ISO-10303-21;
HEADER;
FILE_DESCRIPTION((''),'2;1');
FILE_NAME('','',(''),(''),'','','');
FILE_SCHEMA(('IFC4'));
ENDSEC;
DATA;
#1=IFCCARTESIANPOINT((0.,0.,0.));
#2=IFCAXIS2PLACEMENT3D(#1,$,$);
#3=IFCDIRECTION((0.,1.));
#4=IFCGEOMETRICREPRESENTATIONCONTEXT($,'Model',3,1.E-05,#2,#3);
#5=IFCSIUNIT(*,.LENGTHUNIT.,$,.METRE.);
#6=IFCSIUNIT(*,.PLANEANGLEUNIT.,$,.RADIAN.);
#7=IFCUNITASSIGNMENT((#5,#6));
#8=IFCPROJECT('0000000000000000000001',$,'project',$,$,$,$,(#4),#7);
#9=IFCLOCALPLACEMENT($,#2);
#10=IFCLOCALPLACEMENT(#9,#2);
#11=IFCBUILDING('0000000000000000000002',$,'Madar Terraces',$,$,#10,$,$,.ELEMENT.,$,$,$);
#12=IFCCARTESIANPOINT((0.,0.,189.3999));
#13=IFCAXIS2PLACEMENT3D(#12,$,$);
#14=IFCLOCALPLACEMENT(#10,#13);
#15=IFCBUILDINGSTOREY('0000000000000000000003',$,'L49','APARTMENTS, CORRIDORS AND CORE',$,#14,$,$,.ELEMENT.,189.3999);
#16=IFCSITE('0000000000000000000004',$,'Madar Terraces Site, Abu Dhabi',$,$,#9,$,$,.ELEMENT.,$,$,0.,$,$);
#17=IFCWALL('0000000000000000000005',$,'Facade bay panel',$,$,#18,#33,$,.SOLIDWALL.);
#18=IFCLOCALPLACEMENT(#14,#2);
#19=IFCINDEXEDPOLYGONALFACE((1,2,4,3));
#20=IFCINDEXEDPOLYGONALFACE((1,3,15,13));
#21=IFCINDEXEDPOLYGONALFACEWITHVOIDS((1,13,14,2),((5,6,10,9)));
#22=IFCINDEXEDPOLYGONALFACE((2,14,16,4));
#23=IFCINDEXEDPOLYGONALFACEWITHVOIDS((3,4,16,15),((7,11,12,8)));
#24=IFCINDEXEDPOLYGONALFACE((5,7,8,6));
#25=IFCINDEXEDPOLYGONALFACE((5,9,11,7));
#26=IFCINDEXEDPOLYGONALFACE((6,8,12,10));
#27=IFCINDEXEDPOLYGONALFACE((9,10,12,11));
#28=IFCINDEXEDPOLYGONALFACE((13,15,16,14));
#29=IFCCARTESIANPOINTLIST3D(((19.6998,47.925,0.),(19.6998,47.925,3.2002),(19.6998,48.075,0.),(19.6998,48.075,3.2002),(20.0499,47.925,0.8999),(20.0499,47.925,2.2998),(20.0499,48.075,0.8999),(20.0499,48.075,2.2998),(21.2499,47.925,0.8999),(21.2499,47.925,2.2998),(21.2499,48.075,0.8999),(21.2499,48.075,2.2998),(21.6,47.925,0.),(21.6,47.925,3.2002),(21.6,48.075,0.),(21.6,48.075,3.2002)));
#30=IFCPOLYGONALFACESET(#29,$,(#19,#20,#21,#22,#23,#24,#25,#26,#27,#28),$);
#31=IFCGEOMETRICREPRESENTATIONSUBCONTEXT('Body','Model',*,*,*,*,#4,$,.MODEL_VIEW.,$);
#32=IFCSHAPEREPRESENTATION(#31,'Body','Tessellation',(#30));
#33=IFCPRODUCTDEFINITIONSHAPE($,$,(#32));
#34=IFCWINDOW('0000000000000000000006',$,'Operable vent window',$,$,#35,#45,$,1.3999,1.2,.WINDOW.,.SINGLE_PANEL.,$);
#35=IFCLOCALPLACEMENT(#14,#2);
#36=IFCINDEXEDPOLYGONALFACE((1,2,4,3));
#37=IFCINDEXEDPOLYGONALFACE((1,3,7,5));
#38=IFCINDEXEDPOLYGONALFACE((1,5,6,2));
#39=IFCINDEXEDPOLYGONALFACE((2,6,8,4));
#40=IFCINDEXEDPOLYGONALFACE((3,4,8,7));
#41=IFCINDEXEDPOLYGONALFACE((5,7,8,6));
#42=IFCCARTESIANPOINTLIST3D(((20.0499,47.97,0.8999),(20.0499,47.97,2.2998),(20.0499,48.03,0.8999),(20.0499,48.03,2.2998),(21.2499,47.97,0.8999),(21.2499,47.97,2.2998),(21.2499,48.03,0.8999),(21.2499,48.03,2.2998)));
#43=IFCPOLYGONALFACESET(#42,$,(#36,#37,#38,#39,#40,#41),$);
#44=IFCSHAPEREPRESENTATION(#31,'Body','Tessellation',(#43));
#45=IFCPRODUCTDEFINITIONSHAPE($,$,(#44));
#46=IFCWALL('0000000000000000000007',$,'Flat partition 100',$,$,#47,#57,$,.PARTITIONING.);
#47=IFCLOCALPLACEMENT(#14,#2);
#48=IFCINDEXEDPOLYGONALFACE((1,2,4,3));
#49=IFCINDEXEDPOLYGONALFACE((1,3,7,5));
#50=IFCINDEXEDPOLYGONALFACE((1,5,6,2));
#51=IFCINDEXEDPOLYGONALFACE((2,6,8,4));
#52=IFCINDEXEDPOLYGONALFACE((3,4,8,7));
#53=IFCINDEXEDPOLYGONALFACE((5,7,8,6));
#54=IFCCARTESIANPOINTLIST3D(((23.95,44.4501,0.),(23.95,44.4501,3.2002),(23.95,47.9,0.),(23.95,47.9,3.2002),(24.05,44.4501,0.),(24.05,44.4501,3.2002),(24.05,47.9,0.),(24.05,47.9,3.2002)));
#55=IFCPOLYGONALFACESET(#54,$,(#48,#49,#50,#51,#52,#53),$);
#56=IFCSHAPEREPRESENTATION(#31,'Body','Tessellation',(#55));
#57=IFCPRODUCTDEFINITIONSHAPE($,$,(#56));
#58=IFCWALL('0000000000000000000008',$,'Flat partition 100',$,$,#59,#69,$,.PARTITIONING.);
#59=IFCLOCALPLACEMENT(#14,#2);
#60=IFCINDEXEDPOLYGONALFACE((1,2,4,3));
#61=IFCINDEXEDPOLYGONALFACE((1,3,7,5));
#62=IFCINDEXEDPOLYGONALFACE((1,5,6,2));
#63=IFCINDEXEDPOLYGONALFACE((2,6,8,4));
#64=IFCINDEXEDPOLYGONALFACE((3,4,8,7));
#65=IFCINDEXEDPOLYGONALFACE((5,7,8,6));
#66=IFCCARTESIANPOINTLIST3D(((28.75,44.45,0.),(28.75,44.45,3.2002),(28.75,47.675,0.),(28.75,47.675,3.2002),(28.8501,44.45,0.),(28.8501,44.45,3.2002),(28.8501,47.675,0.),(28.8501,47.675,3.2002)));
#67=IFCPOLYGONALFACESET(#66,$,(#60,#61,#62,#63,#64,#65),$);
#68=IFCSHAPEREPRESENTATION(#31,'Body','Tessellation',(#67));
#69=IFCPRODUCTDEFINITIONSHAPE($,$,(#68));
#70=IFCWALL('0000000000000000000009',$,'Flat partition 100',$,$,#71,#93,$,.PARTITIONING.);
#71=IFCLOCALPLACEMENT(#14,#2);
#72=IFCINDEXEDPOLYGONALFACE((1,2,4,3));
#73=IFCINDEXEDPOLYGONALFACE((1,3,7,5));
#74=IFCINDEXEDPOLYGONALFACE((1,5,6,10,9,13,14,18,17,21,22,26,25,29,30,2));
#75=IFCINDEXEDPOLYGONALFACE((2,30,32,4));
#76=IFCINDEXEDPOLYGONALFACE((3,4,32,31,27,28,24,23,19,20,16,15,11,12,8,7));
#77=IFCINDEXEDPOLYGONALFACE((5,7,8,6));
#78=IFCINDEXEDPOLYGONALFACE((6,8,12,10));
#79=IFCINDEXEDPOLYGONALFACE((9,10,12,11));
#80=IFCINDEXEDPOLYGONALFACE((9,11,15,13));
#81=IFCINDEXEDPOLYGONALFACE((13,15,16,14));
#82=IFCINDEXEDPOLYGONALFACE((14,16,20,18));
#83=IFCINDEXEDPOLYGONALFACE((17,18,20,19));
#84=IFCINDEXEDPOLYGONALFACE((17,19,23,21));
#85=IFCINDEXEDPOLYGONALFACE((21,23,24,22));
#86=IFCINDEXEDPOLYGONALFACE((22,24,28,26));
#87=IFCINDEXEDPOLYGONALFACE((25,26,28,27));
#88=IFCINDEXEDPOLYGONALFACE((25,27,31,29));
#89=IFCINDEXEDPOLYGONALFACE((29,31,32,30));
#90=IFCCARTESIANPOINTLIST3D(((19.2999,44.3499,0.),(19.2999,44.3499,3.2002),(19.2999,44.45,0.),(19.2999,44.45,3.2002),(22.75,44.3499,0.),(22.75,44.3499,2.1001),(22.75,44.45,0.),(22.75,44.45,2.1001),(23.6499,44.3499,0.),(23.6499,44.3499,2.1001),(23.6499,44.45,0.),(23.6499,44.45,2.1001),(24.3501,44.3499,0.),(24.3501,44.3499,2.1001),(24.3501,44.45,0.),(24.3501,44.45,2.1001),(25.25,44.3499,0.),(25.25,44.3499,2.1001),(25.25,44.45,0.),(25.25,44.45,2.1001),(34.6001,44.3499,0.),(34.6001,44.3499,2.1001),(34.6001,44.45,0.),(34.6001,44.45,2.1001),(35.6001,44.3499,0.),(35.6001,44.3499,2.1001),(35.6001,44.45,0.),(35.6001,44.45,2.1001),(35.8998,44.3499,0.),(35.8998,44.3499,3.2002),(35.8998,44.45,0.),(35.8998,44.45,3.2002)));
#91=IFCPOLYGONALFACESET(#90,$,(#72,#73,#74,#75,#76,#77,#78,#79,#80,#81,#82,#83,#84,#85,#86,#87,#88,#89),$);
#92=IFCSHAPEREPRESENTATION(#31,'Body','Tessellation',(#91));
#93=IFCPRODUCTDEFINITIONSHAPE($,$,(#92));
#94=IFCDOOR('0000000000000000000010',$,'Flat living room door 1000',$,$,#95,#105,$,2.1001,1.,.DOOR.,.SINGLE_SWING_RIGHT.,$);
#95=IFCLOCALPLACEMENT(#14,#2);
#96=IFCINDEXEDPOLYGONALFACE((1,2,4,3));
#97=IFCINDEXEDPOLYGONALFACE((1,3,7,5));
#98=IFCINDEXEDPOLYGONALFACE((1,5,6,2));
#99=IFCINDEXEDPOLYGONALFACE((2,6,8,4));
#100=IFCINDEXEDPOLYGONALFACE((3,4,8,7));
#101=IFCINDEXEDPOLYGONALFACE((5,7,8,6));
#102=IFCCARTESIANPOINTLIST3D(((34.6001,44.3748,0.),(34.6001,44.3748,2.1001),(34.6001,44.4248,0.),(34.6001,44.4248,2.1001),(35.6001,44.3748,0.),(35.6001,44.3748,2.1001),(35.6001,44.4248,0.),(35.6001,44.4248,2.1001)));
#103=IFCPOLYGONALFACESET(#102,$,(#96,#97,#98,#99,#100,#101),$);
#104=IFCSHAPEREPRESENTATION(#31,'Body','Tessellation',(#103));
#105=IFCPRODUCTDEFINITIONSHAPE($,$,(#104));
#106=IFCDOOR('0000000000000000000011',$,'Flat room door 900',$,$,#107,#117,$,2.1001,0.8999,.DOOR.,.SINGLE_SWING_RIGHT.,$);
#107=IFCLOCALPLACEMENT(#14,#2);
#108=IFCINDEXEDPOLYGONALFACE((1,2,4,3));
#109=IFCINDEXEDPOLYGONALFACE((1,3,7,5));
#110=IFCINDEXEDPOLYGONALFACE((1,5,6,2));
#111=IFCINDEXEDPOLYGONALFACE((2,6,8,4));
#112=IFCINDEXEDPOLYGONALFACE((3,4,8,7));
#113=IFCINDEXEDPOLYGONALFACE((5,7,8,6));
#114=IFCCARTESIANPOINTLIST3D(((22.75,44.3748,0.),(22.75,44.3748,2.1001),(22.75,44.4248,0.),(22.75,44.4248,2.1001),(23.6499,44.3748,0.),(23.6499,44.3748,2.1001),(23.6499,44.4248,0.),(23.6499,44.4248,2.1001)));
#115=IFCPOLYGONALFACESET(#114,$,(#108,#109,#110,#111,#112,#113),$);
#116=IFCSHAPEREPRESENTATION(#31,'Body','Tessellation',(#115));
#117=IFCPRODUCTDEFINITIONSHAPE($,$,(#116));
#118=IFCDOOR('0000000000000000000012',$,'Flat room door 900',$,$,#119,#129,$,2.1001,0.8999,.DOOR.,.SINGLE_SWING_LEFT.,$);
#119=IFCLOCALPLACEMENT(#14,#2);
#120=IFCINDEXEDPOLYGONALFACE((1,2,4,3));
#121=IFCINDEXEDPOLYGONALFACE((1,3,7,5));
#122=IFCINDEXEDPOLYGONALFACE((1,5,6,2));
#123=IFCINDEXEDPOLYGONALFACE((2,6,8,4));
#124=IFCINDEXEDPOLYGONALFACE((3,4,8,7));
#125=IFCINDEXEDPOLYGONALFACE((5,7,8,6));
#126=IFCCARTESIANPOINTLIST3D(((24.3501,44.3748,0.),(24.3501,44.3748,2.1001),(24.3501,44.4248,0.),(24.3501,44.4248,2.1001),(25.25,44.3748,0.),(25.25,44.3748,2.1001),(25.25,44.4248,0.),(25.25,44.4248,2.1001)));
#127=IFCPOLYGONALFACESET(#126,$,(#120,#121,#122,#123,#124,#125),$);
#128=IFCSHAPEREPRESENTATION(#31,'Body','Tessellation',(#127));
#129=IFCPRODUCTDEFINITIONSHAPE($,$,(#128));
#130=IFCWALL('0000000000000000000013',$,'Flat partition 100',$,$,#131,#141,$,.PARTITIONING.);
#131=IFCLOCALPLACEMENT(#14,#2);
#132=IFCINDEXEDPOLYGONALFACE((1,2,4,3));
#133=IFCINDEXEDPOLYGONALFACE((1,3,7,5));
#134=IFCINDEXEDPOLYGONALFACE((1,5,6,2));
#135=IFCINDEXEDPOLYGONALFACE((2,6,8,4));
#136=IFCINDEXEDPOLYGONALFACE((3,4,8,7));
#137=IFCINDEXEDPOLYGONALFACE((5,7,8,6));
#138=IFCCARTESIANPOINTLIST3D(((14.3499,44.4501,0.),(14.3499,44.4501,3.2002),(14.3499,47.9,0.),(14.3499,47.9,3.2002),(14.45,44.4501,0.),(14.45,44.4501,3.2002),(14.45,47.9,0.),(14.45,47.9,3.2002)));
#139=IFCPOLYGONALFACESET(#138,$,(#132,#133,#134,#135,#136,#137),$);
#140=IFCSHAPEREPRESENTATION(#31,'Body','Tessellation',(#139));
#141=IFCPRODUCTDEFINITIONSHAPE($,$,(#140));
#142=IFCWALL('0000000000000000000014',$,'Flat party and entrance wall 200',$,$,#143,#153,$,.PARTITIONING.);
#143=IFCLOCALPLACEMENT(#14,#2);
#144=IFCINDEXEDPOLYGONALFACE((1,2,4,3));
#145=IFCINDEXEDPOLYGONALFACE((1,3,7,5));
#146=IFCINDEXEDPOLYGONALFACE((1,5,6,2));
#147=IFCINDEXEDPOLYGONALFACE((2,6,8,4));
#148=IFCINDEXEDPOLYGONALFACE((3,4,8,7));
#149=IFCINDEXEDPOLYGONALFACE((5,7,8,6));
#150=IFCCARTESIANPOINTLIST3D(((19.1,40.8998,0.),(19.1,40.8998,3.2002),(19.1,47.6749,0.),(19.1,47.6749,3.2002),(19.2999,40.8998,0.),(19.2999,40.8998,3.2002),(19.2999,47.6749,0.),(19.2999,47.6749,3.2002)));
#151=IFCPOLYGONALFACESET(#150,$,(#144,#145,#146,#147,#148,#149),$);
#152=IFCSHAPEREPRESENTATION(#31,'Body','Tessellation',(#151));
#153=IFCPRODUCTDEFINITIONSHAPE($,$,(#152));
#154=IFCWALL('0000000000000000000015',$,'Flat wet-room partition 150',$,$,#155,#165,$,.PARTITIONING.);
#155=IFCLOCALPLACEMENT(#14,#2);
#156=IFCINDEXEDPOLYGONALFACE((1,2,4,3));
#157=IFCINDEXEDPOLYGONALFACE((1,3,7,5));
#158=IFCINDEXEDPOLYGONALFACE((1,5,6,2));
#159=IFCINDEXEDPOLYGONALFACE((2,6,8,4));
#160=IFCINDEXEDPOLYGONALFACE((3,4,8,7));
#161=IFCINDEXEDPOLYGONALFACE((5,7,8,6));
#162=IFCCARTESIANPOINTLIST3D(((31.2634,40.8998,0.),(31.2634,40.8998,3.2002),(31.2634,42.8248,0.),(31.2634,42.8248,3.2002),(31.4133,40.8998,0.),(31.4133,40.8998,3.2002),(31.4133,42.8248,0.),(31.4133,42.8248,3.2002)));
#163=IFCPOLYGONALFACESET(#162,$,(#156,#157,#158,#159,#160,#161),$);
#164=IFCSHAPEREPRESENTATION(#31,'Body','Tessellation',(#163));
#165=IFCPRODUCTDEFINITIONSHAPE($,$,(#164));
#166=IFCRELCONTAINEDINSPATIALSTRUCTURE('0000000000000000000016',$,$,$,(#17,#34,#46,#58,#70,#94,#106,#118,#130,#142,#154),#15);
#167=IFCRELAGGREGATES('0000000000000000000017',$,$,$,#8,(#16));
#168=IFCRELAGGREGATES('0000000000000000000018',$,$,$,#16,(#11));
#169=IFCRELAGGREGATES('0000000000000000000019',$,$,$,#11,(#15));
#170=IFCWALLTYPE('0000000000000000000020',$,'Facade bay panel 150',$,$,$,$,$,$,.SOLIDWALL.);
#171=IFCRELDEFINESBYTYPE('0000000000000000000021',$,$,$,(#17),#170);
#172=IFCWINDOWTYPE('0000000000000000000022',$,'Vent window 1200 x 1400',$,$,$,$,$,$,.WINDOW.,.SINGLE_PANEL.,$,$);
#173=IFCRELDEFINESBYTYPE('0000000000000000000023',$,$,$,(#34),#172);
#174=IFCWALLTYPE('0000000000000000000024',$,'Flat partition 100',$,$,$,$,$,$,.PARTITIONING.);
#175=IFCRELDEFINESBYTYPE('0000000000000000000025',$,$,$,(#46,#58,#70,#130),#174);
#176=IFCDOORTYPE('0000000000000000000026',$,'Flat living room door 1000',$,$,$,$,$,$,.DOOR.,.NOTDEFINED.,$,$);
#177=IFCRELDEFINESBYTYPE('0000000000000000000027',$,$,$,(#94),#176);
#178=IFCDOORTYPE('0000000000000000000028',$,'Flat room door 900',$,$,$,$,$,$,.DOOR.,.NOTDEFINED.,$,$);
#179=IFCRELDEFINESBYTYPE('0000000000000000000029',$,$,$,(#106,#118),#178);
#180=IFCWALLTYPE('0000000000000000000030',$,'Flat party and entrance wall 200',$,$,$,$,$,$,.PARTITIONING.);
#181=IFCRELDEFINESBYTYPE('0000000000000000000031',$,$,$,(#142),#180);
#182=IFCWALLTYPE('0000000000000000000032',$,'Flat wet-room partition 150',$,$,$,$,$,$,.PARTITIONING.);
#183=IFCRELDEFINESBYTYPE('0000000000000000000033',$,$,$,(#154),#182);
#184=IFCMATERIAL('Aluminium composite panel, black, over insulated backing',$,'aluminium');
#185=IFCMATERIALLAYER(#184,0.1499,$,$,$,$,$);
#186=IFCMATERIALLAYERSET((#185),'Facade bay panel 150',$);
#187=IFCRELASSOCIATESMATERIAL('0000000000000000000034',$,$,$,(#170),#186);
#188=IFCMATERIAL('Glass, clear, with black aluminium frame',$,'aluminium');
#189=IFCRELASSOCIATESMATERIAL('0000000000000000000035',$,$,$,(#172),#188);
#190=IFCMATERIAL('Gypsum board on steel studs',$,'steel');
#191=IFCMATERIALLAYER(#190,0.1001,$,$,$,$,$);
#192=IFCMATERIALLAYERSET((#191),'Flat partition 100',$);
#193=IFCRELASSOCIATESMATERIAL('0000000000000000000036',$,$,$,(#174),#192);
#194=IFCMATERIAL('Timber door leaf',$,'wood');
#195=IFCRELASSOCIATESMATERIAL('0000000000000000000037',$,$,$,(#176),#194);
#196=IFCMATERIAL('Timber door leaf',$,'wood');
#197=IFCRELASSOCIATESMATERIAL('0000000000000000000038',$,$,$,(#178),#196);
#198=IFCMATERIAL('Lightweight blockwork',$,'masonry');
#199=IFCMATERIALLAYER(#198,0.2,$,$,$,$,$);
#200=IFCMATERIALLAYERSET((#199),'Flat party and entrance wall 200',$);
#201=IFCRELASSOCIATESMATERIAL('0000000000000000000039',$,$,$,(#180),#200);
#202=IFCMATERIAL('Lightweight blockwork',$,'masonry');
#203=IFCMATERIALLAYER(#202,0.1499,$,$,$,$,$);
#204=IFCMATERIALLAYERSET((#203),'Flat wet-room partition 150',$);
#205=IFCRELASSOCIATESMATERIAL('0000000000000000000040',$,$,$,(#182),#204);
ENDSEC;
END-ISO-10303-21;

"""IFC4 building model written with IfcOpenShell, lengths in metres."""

from ifc_helpers import new_model, si_unit, direction, frame, frame_2d, origin, place, context, subcontext, project, spatial, rectangle, extrude, material, layer, layer_set, type_object, element, fill, save


model = new_model("IFC4")

# Units and contexts
model_context = context("Model", 3, precision=1e-05, world=origin(), true_north=direction((0.0, 1.0)))
body_context = subcontext(model_context, "Body", "Model", "MODEL_VIEW")
ifc_project = project(units=[si_unit("LENGTHUNIT", "METRE"), si_unit("PLANEANGLEUNIT", "RADIAN")], contexts=[model_context])

# Site, building, storey
site_placement = place(None, origin())
site = spatial("IfcSite", under=ifc_project, at=site_placement, Name="Madar Terraces Site, Abu Dhabi", CompositionType="ELEMENT", RefElevation=0.0)
building_placement = place(site_placement, origin())
building = spatial("IfcBuilding", under=site, at=building_placement, Name="Madar Terraces", CompositionType="ELEMENT")
storey_placement = place(building_placement, frame((0.0, 0.0, 189.3999)))
storey = spatial("IfcBuildingStorey", under=building, at=storey_placement, Name="L49", Description="APARTMENTS, CORRIDORS AND CORE", CompositionType="ELEMENT", Elevation=189.3999)

# Wall, opening, window
ifc_material_1 = material(Name="Aluminium composite panel, black, over insulated backing", Category="aluminium")
ifc_layer_1 = layer(ifc_material_1, 0.1499)
ifc_layer_set_1 = layer_set([ifc_layer_1], Name="Facade bay panel 150")
wall_type_1 = type_object("IfcWallType", Name="Facade bay panel 150", PredefinedType="SOLIDWALL", material=ifc_layer_set_1)
ifc_material_2 = material(Name="Glass, clear, with black aluminium frame", Category="aluminium")
window_type = type_object("IfcWindowType", Name="Vent window 1200 x 1400", PartitioningType="SINGLE_PANEL", PredefinedType="WINDOW", material=ifc_material_2)
wall_1_placement = place(storey_placement, frame((21.6001, 48.0, 0.0), z_axis=(0.0, 0.0, 1.0), x_axis=(-1.0, 0.0, 0.0)))
wall_1 = element("IfcWall", 1, at=wall_1_placement, inside=storey, type_object=wall_type_1, Name="Facade bay panel", PredefinedType="SOLIDWALL", context=body_context, shape_type="SweptSolid", body=[
    extrude(rectangle(XDim=1.9001, YDim=0.1499, at=frame_2d((0.9502, 0.0))), origin(), (0.0, 0.0, 1.0), 3.2002),
])
opening_1_placement = place(wall_1_placement, frame((0.3501, 0.0, 0.8999)))
opening_1 = element("IfcOpeningElement", 2, at=opening_1_placement, cuts=wall_1, PredefinedType="OPENING", context=body_context, shape_type="SweptSolid", body=[
    extrude(rectangle(XDim=1.2, YDim=1.3999, at=frame_2d((0.6001, 0.7))), frame((0.0, 0.085, 0.0), z_axis=(0.0, -1.0, 0.0), x_axis=(1.0, 0.0, 0.0)), (0.0, 0.0, 1.0), 0.1699),
])
window_1_placement = place(opening_1_placement, origin())
window_1 = element("IfcWindow", 3, at=window_1_placement, inside=storey, type_object=window_type, Name="Operable vent window", OverallHeight=1.3999, OverallWidth=1.2, PartitioningType="SINGLE_PANEL", PredefinedType="WINDOW", context=body_context, shape_type="SweptSolid", body=[
    extrude(rectangle(XDim=1.2, YDim=1.3999, at=frame_2d((0.6001, 0.7))), frame((0.0, 0.03, 0.0), z_axis=(0.0, -1.0, 0.0), x_axis=(1.0, 0.0, 0.0)), (0.0, 0.0, 1.0), 0.0601),
])
fill(opening_1, window_1)

# Walls
ifc_material_3 = material(Name="Gypsum board on steel studs", Category="steel")
ifc_layer_2 = layer(ifc_material_3, 0.1001)
ifc_layer_set_2 = layer_set([ifc_layer_2], Name="Flat partition 100")
wall_type_2 = type_object("IfcWallType", Name="Flat partition 100", PredefinedType="PARTITIONING", material=ifc_layer_set_2)
wall_2_placement = place(storey_placement, frame((24.0, 44.45, 0.0), z_axis=(0.0, 0.0, 1.0), x_axis=(0.0, 1.0, 0.0)))
element("IfcWall", 4, at=wall_2_placement, inside=storey, type_object=wall_type_2, Name="Flat partition 100", PredefinedType="PARTITIONING", context=body_context, shape_type="SweptSolid", body=[
    extrude(rectangle(XDim=3.45, YDim=0.1001, at=frame_2d((1.7251, 0.0))), origin(), (0.0, 0.0, 1.0), 3.2002),
])
wall_3_placement = place(storey_placement, frame((28.8, 44.45, 0.0), z_axis=(0.0, 0.0, 1.0), x_axis=(0.0, 1.0, 0.0)))
element("IfcWall", 5, at=wall_3_placement, inside=storey, type_object=wall_type_2, Name="Flat partition 100", PredefinedType="PARTITIONING", context=body_context, shape_type="SweptSolid", body=[
    extrude(rectangle(XDim=3.2251, YDim=0.1001, at=frame_2d((1.6125, 0.0))), origin(), (0.0, 0.0, 1.0), 3.2002),
])

# Wall, openings, doors
wall_4_placement = place(storey_placement, frame((19.3, 44.3999, 0.0), z_axis=(0.0, 0.0, 1.0), x_axis=(1.0, 0.0, 0.0)))
wall_4 = element("IfcWall", 6, at=wall_4_placement, inside=storey, type_object=wall_type_2, Name="Flat partition 100", PredefinedType="PARTITIONING", context=body_context, shape_type="SweptSolid", body=[
    extrude(rectangle(XDim=16.5999, YDim=0.1001, at=frame_2d((8.2998, 0.0))), origin(), (0.0, 0.0, 1.0), 3.2002),
])
opening_2_placement = place(wall_4_placement, frame((3.45, 0.0, 0.0)))
opening_2 = element("IfcOpeningElement", 7, at=opening_2_placement, cuts=wall_4, PredefinedType="OPENING", context=body_context, shape_type="SweptSolid", body=[
    extrude(rectangle(XDim=0.8999, YDim=2.1001, at=frame_2d((0.45, 1.05))), frame((0.0, 0.0601, 0.0), z_axis=(0.0, -1.0, 0.0), x_axis=(1.0, 0.0, 0.0)), (0.0, 0.0, 1.0), 0.1201),
])
opening_3_placement = place(wall_4_placement, frame((5.05, 0.0, 0.0)))
opening_3 = element("IfcOpeningElement", 8, at=opening_3_placement, cuts=wall_4, PredefinedType="OPENING", context=body_context, shape_type="SweptSolid", body=[
    extrude(rectangle(XDim=0.8999, YDim=2.1001, at=frame_2d((0.45, 1.05))), frame((0.0, 0.0601, 0.0), z_axis=(0.0, -1.0, 0.0), x_axis=(1.0, 0.0, 0.0)), (0.0, 0.0, 1.0), 0.1201),
])
opening_4_placement = place(wall_4_placement, frame((15.3, 0.0, 0.0)))
opening_4 = element("IfcOpeningElement", 9, at=opening_4_placement, cuts=wall_4, PredefinedType="OPENING", context=body_context, shape_type="SweptSolid", body=[
    extrude(rectangle(XDim=1.0, YDim=2.1001, at=frame_2d((0.5, 1.05))), frame((0.0, 0.0601, 0.0), z_axis=(0.0, -1.0, 0.0), x_axis=(1.0, 0.0, 0.0)), (0.0, 0.0, 1.0), 0.1201),
])
ifc_material_4 = material(Name="Timber door leaf", Category="wood")
door_type_1 = type_object("IfcDoorType", Name="Flat living room door 1000", OperationType="NOTDEFINED", PredefinedType="DOOR", material=ifc_material_4)
door_1_placement = place(opening_4_placement, origin())
door_1 = element("IfcDoor", 10, at=door_1_placement, inside=storey, type_object=door_type_1, Name="Flat living room door 1000", OperationType="SINGLE_SWING_RIGHT", OverallHeight=2.1001, OverallWidth=1.0, PredefinedType="DOOR", context=body_context, shape_type="SweptSolid", body=[
    extrude(rectangle(XDim=1.0, YDim=2.1001, at=frame_2d((0.5, 1.05))), frame((0.0, 0.0249, 0.0), z_axis=(0.0, -1.0, 0.0), x_axis=(1.0, 0.0, 0.0)), (0.0, 0.0, 1.0), 0.05),
])
fill(opening_4, door_1)
ifc_material_5 = material(Name="Timber door leaf", Category="wood")
door_type_2 = type_object("IfcDoorType", Name="Flat room door 900", OperationType="NOTDEFINED", PredefinedType="DOOR", material=ifc_material_5)
door_2_placement = place(opening_2_placement, origin())
door_2 = element("IfcDoor", 11, at=door_2_placement, inside=storey, type_object=door_type_2, Name="Flat room door 900", OperationType="SINGLE_SWING_RIGHT", OverallHeight=2.1001, OverallWidth=0.8999, PredefinedType="DOOR", context=body_context, shape_type="SweptSolid", body=[
    extrude(rectangle(XDim=0.8999, YDim=2.1001, at=frame_2d((0.45, 1.05))), frame((0.0, 0.0249, 0.0), z_axis=(0.0, -1.0, 0.0), x_axis=(1.0, 0.0, 0.0)), (0.0, 0.0, 1.0), 0.05),
])
fill(opening_2, door_2)
door_3_placement = place(opening_3_placement, origin())
door_3 = element("IfcDoor", 12, at=door_3_placement, inside=storey, type_object=door_type_2, Name="Flat room door 900", OperationType="SINGLE_SWING_LEFT", OverallHeight=2.1001, OverallWidth=0.8999, PredefinedType="DOOR", context=body_context, shape_type="SweptSolid", body=[
    extrude(rectangle(XDim=0.8999, YDim=2.1001, at=frame_2d((0.45, 1.05))), frame((0.0, 0.0249, 0.0), z_axis=(0.0, -1.0, 0.0), x_axis=(1.0, 0.0, 0.0)), (0.0, 0.0, 1.0), 0.05),
])
fill(opening_3, door_3)

# Walls
wall_5_placement = place(storey_placement, frame((14.3999, 44.45, 0.0), z_axis=(0.0, 0.0, 1.0), x_axis=(0.0, 1.0, 0.0)))
element("IfcWall", 13, at=wall_5_placement, inside=storey, type_object=wall_type_2, Name="Flat partition 100", PredefinedType="PARTITIONING", context=body_context, shape_type="SweptSolid", body=[
    extrude(rectangle(XDim=3.45, YDim=0.1001, at=frame_2d((1.7251, 0.0))), origin(), (0.0, 0.0, 1.0), 3.2002),
])
ifc_material_6 = material(Name="Lightweight blockwork", Category="masonry")
ifc_layer_3 = layer(ifc_material_6, 0.2)
ifc_layer_set_3 = layer_set([ifc_layer_3], Name="Flat party and entrance wall 200")
wall_type_3 = type_object("IfcWallType", Name="Flat party and entrance wall 200", PredefinedType="PARTITIONING", material=ifc_layer_set_3)
wall_6_placement = place(storey_placement, frame((19.2, 47.675, 0.0), z_axis=(0.0, 0.0, 1.0), x_axis=(0.0, -1.0, 0.0)))
element("IfcWall", 14, at=wall_6_placement, inside=storey, type_object=wall_type_3, Name="Flat party and entrance wall 200", PredefinedType="PARTITIONING", context=body_context, shape_type="SweptSolid", body=[
    extrude(rectangle(XDim=6.7751, YDim=0.2, at=frame_2d((3.3877, 0.0))), origin(), (0.0, 0.0, 1.0), 3.2002),
])
ifc_material_7 = material(Name="Lightweight blockwork", Category="masonry")
ifc_layer_4 = layer(ifc_material_7, 0.1499)
ifc_layer_set_4 = layer_set([ifc_layer_4], Name="Flat wet-room partition 150")
wall_type_4 = type_object("IfcWallType", Name="Flat wet-room partition 150", PredefinedType="PARTITIONING", material=ifc_layer_set_4)
wall_7_placement = place(storey_placement, frame((31.3384, 40.8999, 0.0), z_axis=(0.0, 0.0, 1.0), x_axis=(0.0, 1.0, 0.0)))
element("IfcWall", 15, at=wall_7_placement, inside=storey, type_object=wall_type_4, Name="Flat wet-room partition 150", PredefinedType="PARTITIONING", context=body_context, shape_type="SweptSolid", body=[
    extrude(rectangle(XDim=1.925, YDim=0.1499, at=frame_2d((0.9624, 0.0))), origin(), (0.0, 0.0, 1.0), 3.2002),
])

save(model, "model.ifc")
